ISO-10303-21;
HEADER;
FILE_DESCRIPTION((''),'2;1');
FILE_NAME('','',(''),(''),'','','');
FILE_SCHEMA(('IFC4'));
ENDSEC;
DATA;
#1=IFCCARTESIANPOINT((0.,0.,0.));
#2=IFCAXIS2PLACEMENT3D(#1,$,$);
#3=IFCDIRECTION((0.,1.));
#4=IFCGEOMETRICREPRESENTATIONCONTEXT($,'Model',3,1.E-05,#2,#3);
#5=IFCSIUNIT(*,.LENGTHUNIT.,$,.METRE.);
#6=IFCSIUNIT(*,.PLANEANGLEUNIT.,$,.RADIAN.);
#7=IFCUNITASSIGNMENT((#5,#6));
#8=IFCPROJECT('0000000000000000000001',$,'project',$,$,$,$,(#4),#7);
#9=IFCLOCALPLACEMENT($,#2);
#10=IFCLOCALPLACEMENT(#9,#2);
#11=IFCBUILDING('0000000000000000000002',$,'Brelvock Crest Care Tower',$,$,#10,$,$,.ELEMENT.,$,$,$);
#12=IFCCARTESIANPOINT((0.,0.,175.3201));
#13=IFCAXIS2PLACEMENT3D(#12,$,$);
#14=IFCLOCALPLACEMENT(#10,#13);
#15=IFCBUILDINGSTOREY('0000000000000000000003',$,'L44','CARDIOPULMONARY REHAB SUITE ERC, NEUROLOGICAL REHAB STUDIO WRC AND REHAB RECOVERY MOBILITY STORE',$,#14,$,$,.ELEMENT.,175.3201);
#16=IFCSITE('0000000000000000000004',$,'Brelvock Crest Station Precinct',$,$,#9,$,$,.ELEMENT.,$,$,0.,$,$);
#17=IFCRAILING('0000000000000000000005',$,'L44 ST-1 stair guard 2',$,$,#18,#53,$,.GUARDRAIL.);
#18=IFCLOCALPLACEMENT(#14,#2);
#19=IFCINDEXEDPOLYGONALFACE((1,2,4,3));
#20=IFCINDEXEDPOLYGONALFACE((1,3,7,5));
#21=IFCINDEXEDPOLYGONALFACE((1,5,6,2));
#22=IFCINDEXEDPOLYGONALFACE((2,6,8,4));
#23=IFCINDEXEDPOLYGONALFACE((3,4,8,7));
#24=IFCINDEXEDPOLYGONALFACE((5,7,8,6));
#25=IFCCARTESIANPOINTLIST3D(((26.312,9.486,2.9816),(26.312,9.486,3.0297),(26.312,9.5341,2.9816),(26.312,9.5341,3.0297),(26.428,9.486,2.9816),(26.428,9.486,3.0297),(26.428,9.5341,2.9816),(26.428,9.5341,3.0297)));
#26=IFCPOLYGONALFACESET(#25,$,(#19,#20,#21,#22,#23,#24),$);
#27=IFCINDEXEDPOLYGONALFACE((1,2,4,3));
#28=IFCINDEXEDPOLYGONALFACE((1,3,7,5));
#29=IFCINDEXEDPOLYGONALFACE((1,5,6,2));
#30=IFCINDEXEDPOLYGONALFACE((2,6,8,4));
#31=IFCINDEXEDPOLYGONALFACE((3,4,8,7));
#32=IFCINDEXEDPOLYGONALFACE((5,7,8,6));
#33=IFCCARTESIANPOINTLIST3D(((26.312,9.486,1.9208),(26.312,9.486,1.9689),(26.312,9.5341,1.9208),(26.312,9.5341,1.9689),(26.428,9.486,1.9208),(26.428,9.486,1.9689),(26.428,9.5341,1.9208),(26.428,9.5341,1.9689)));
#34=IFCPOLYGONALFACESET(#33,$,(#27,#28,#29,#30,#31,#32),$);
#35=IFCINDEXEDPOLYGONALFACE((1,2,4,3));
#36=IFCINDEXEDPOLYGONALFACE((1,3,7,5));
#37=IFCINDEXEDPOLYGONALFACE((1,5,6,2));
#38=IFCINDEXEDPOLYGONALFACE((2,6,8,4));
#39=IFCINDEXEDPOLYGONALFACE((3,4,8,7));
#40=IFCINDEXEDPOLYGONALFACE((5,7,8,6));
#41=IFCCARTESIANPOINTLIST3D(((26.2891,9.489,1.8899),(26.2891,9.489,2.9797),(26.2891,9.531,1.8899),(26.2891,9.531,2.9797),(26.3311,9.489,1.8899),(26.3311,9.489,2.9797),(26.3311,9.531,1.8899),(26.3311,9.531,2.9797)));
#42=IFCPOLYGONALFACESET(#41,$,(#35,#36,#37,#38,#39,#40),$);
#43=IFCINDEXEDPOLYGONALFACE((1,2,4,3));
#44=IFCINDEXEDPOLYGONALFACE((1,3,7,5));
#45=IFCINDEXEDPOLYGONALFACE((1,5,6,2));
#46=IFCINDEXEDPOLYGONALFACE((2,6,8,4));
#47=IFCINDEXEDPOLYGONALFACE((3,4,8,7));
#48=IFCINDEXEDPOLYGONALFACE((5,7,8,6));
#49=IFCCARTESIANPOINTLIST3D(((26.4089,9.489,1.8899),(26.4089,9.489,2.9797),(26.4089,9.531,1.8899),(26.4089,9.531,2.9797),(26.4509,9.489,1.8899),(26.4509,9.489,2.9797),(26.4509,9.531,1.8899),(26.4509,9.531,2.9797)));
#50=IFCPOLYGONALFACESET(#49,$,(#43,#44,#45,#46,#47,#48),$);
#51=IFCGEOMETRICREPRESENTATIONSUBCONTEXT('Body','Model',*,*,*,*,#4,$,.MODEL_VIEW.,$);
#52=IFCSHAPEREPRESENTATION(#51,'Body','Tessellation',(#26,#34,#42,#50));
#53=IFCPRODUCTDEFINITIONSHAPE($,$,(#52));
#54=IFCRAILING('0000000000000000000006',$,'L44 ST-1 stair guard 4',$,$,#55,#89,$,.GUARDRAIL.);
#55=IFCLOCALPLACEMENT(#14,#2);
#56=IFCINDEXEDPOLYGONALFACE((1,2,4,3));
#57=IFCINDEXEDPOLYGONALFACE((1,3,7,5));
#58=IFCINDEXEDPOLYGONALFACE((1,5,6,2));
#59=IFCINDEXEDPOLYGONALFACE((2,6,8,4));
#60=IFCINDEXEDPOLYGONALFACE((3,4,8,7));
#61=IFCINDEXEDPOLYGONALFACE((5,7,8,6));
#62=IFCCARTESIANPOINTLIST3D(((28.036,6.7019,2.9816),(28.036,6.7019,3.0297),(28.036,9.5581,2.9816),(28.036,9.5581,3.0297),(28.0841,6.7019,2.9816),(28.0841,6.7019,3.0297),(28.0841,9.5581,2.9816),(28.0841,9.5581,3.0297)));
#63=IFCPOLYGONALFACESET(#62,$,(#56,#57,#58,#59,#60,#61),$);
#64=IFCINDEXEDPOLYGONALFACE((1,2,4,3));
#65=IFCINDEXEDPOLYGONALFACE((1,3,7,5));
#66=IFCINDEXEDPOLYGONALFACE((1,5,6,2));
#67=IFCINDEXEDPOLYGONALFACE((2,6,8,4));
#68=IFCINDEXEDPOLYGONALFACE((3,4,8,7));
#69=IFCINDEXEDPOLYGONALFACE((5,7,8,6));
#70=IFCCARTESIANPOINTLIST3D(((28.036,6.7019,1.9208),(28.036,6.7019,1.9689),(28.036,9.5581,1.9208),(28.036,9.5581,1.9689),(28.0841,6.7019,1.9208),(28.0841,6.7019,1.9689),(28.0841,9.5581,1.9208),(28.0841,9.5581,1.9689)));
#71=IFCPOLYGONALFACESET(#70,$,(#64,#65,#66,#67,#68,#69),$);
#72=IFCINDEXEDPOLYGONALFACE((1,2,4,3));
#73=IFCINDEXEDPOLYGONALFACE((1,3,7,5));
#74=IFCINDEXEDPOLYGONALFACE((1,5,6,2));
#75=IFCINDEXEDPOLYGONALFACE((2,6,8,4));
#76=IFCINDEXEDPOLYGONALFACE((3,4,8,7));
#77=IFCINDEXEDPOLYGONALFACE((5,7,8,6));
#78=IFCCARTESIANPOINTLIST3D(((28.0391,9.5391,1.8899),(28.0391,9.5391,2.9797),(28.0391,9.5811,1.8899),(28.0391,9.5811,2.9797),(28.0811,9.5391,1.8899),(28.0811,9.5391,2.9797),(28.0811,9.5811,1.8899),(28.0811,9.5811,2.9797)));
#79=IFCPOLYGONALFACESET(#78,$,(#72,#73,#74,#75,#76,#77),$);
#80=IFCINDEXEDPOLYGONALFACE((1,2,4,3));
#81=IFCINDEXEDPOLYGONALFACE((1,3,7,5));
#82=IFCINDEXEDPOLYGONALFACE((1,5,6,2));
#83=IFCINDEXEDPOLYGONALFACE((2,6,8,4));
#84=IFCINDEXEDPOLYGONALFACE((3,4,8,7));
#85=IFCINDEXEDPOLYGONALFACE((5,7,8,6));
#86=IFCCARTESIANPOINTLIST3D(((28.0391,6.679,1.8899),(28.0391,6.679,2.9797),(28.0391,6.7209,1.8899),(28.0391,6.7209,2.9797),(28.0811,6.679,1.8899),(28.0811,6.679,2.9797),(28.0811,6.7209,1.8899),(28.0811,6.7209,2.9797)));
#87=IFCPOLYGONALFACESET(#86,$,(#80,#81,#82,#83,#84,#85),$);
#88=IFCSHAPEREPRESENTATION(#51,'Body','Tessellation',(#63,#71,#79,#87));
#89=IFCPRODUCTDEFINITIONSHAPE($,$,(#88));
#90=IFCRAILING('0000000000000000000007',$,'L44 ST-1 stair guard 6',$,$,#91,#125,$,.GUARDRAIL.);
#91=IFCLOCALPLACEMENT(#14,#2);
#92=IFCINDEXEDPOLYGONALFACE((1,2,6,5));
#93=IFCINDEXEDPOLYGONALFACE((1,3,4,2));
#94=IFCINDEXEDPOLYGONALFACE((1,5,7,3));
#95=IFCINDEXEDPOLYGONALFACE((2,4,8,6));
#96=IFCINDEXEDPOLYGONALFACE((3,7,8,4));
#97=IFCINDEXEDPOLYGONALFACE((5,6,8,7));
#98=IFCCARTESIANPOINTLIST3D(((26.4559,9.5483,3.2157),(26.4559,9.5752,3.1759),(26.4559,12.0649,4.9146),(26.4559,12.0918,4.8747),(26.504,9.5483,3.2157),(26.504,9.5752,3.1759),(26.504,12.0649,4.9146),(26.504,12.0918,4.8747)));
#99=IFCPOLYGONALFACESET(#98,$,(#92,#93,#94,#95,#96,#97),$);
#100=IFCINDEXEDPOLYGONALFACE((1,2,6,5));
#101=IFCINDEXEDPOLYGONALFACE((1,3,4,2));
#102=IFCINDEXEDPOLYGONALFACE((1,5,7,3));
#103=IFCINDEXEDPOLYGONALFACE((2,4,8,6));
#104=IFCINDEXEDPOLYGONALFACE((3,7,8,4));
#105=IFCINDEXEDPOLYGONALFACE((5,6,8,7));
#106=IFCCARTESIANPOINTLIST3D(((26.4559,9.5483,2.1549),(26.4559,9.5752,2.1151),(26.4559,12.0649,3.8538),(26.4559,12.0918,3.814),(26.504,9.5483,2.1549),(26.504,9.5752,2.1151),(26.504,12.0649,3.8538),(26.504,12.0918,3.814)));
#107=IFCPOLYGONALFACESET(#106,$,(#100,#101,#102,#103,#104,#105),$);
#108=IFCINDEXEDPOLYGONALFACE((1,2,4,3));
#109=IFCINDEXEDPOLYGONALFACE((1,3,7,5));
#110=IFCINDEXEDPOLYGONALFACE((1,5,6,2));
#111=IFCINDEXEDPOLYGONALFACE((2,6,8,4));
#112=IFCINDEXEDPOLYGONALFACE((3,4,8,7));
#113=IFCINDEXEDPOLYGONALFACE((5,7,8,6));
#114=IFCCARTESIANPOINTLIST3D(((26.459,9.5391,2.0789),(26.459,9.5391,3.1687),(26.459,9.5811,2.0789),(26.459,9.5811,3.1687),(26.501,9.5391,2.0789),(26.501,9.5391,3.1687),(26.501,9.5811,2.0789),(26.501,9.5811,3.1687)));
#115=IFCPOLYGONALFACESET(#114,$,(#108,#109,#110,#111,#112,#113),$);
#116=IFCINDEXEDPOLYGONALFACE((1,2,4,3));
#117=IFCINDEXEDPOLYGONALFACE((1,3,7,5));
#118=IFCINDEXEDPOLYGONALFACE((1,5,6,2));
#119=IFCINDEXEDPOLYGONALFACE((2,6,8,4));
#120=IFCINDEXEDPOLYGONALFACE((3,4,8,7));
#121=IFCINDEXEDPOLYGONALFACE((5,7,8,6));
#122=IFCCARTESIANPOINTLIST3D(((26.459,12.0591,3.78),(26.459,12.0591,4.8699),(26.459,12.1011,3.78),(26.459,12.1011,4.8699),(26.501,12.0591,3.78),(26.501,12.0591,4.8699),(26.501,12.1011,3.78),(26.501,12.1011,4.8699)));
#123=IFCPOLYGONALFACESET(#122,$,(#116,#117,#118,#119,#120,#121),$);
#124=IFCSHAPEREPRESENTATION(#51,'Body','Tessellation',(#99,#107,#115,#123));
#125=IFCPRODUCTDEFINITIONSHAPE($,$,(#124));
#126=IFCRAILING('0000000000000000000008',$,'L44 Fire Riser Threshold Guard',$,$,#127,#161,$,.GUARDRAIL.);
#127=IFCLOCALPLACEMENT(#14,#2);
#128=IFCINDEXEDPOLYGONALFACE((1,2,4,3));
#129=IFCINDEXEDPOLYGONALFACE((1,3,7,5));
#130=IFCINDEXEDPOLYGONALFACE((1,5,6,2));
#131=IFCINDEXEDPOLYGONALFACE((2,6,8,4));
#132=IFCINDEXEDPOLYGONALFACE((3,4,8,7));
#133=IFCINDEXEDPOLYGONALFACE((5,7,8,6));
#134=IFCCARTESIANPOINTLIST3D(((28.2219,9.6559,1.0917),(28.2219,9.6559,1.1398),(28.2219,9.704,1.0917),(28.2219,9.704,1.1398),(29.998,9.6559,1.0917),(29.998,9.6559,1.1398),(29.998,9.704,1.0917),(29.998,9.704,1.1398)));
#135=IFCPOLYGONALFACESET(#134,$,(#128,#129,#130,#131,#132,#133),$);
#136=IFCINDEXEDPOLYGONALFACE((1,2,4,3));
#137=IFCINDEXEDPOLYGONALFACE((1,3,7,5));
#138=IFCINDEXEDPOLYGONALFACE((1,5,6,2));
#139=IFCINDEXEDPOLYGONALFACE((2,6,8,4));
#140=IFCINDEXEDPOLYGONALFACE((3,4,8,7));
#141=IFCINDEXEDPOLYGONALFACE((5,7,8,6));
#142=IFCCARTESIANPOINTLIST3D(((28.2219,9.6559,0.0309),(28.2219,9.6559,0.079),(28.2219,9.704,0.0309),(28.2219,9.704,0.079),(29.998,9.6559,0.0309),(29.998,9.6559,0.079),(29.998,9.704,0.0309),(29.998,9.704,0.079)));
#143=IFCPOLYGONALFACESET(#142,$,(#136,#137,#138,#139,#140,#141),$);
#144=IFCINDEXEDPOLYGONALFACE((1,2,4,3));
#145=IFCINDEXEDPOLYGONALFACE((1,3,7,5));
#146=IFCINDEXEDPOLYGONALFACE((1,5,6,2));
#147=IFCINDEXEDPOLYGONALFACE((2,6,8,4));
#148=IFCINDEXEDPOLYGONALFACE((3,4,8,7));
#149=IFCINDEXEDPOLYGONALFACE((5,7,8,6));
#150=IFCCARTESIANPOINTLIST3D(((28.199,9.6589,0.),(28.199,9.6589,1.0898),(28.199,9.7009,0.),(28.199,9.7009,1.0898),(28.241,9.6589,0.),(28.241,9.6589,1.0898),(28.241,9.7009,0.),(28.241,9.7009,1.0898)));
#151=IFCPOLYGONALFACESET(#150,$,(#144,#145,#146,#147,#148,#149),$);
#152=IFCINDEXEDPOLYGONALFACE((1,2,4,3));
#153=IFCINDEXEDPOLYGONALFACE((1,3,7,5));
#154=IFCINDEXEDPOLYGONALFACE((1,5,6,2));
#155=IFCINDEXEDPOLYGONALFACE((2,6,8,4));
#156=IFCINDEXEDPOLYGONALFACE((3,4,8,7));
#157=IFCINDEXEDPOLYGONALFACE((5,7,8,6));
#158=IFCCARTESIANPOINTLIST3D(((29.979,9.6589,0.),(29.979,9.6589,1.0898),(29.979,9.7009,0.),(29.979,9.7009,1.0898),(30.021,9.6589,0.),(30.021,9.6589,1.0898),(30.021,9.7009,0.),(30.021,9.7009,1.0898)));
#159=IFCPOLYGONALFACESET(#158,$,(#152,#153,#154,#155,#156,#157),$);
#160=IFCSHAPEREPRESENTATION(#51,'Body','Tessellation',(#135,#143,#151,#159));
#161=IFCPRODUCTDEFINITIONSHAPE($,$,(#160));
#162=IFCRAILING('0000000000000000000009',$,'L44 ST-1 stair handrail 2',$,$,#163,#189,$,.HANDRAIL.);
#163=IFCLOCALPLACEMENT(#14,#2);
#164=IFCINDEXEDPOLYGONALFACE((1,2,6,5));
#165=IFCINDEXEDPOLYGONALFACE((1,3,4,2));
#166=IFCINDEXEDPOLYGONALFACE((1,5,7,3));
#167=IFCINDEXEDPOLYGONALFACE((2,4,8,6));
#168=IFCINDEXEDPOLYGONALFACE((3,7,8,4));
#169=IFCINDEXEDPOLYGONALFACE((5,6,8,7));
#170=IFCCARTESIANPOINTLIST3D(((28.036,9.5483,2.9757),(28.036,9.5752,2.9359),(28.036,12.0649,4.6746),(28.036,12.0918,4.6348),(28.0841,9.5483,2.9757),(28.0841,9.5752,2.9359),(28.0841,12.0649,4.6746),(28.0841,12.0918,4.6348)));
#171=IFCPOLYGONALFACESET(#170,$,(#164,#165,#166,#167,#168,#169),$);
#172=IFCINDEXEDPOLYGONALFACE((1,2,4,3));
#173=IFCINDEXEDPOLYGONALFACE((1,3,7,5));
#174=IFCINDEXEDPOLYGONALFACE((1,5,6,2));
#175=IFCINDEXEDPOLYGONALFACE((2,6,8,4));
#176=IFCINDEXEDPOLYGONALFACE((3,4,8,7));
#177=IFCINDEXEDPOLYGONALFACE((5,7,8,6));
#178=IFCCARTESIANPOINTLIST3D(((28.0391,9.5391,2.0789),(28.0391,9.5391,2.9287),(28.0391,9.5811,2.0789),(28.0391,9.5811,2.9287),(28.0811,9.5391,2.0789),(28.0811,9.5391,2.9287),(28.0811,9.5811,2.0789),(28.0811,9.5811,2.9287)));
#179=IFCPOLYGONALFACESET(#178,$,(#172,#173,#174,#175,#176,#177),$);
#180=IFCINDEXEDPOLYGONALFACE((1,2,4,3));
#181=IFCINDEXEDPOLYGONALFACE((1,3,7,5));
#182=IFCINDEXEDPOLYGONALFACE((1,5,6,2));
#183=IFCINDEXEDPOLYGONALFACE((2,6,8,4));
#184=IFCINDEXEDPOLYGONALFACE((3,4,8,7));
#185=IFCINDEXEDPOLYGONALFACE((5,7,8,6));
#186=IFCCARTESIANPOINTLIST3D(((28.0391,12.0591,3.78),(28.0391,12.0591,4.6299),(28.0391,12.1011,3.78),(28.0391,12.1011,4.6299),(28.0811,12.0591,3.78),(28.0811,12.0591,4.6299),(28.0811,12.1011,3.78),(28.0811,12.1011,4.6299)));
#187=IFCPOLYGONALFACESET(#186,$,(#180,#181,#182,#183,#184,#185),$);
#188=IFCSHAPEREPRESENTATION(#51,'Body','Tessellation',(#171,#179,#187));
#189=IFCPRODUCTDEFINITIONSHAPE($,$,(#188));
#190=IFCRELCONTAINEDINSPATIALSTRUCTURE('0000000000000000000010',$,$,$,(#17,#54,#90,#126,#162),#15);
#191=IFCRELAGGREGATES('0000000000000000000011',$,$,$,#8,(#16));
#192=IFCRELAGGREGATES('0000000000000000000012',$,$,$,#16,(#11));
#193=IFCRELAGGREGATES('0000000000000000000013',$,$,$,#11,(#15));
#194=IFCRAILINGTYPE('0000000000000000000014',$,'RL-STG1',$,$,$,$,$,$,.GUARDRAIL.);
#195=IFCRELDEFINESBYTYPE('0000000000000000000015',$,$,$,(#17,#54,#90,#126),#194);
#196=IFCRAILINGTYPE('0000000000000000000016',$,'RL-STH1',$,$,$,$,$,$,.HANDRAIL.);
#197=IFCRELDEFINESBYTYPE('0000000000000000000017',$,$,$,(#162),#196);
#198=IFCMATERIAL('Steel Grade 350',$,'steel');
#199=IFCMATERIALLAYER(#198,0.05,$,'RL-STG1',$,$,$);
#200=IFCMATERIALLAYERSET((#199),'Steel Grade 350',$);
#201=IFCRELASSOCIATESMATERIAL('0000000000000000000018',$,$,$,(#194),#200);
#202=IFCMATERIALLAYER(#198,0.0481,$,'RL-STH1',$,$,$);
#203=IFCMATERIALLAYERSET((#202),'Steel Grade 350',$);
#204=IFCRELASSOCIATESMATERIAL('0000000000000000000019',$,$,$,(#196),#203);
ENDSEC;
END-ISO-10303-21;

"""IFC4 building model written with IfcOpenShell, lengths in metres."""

from ifc_helpers import new_model, si_unit, direction, frame, origin, origin_2d, place, context, subcontext, project, spatial, rectangle, extrude, material, layer, layer_set, type_object, element, save


model = new_model("IFC4")

# Units and contexts
model_context = context("Model", 3, precision=1e-05, world=origin(), true_north=direction((0.0, 1.0)))
body_context = subcontext(model_context, "Body", "Model", "MODEL_VIEW")
ifc_project = project(units=[si_unit("LENGTHUNIT", "METRE"), si_unit("PLANEANGLEUNIT", "RADIAN")], contexts=[model_context])

# Site, building, storey
site_placement = place(None, origin())
site = spatial("IfcSite", under=ifc_project, at=site_placement, Name="Brelvock Crest Station Precinct", CompositionType="ELEMENT", RefElevation=0.0)
building_placement = place(site_placement, origin())
building = spatial("IfcBuilding", under=site, at=building_placement, Name="Brelvock Crest Care Tower", CompositionType="ELEMENT")
storey_placement = place(building_placement, frame((0.0, 0.0, 175.3201)))
storey = spatial("IfcBuildingStorey", under=building, at=storey_placement, Name="L44", Description="CARDIOPULMONARY REHAB SUITE ERC, NEUROLOGICAL REHAB STUDIO WRC AND REHAB RECOVERY MOBILITY STORE", CompositionType="ELEMENT", Elevation=175.3201)

# Shared definitions
ifc_material_1 = material(Name="Steel Grade 350", Category="steel")

# Railings
ifc_layer_1 = layer(ifc_material_1, 0.05, Name="RL-STG1")
ifc_layer_set_1 = layer_set([ifc_layer_1], Name="Steel Grade 350")
railing_type_1 = type_object("IfcRailingType", Name="RL-STG1", PredefinedType="GUARDRAIL", material=ifc_layer_set_1)
railing_1_placement = place(storey_placement, frame((26.3101, 9.51, 1.8899)))
element("IfcRailing", 1, at=railing_1_placement, inside=storey, type_object=railing_type_1, Name="L44 ST-1 stair guard 2", PredefinedType="GUARDRAIL", context=body_context, shape_type="SweptSolid", body=[
    extrude(rectangle(XDim=0.0481, YDim=0.0481, at=origin_2d()), frame((0.002, 0.0, 1.1157), z_axis=(1.0, 0.0, 0.0), x_axis=(0.0, 1.0, 0.0)), (0.0, 0.0, 1.0), 0.116),
    extrude(rectangle(XDim=0.0481, YDim=0.0481, at=origin_2d()), frame((0.002, 0.0, 0.0549), z_axis=(1.0, 0.0, 0.0), x_axis=(0.0, 1.0, 0.0)), (0.0, 0.0, 1.0), 0.116),
    extrude(rectangle(XDim=0.042, YDim=0.042, at=origin_2d()), origin(), (0.0, 0.0, 1.0), 1.0898),
    extrude(rectangle(XDim=0.042, YDim=0.042, at=origin_2d()), frame((0.1199, 0.0, 0.0)), (0.0, 0.0, 1.0), 1.0898),
])
railing_2_placement = place(storey_placement, frame((28.0601, 9.5601, 1.8899)))
element("IfcRailing", 2, at=railing_2_placement, inside=storey, type_object=railing_type_1, Name="L44 ST-1 stair guard 4", PredefinedType="GUARDRAIL", context=body_context, shape_type="SweptSolid", body=[
    extrude(rectangle(XDim=0.0481, YDim=0.0481, at=origin_2d()), frame((0.0, -0.002, 1.1157), z_axis=(0.0, -1.0, 0.0), x_axis=(1.0, 0.0, 0.0)), (0.0, 0.0, 1.0), 2.8562),
    extrude(rectangle(XDim=0.0481, YDim=0.0481, at=origin_2d()), frame((0.0, -0.002, 0.0549), z_axis=(0.0, -1.0, 0.0), x_axis=(1.0, 0.0, 0.0)), (0.0, 0.0, 1.0), 2.8562),
    extrude(rectangle(XDim=0.042, YDim=0.042, at=origin_2d()), origin(), (0.0, 0.0, 1.0), 1.0898),
    extrude(rectangle(XDim=0.042, YDim=0.042, at=origin_2d()), frame((0.0, -2.8601, 0.0)), (0.0, 0.0, 1.0), 1.0898),
])
railing_3_placement = place(storey_placement, frame((26.48, 9.5601, 2.0789)))
element("IfcRailing", 3, at=railing_3_placement, inside=storey, type_object=railing_type_1, Name="L44 ST-1 stair guard 6", PredefinedType="GUARDRAIL", context=body_context, shape_type="SweptSolid", body=[
    extrude(rectangle(XDim=0.0481, YDim=0.0481, at=origin_2d()), frame((0.0, 0.0017, 1.1169), z_axis=(0.0, 0.828824, 0.559509), x_axis=(-1.0, 0.0, 0.0)), (0.0, 0.0, 1.0), 3.0364),
    extrude(rectangle(XDim=0.0481, YDim=0.0481, at=origin_2d()), frame((0.0, 0.0017, 0.0562), z_axis=(0.0, 0.828824, 0.559509), x_axis=(-1.0, 0.0, 0.0)), (0.0, 0.0, 1.0), 3.0364),
    extrude(rectangle(XDim=0.042, YDim=0.042, at=origin_2d()), origin(), (0.0, 0.0, 1.0), 1.0898),
    extrude(rectangle(XDim=0.042, YDim=0.042, at=origin_2d()), frame((0.0, 2.52, 1.7012)), (0.0, 0.0, 1.0), 1.0898),
])
railing_4_placement = place(storey_placement, frame((28.22, 9.6799, 0.0)))
element("IfcRailing", 4, at=railing_4_placement, inside=storey, type_object=railing_type_1, Name="L44 Fire Riser Threshold Guard", PredefinedType="GUARDRAIL", context=body_context, shape_type="SweptSolid", body=[
    extrude(rectangle(XDim=0.0481, YDim=0.0481, at=origin_2d()), frame((0.002, 0.0, 1.1157), z_axis=(1.0, 0.0, 0.0), x_axis=(0.0, 1.0, 0.0)), (0.0, 0.0, 1.0), 1.7761),
    extrude(rectangle(XDim=0.0481, YDim=0.0481, at=origin_2d()), frame((0.002, 0.0, 0.0549), z_axis=(1.0, 0.0, 0.0), x_axis=(0.0, 1.0, 0.0)), (0.0, 0.0, 1.0), 1.7761),
    extrude(rectangle(XDim=0.042, YDim=0.042, at=origin_2d()), origin(), (0.0, 0.0, 1.0), 1.0898),
    extrude(rectangle(XDim=0.042, YDim=0.042, at=origin_2d()), frame((1.78, 0.0, 0.0)), (0.0, 0.0, 1.0), 1.0898),
])
ifc_layer_2 = layer(ifc_material_1, 0.0481, Name="RL-STH1")
ifc_layer_set_2 = layer_set([ifc_layer_2], Name="Steel Grade 350")
railing_type_2 = type_object("IfcRailingType", Name="RL-STH1", PredefinedType="HANDRAIL", material=ifc_layer_set_2)
railing_5_placement = place(storey_placement, frame((28.0601, 9.5601, 2.0789)))
element("IfcRailing", 5, at=railing_5_placement, inside=storey, type_object=railing_type_2, Name="L44 ST-1 stair handrail 2", PredefinedType="HANDRAIL", context=body_context, shape_type="SweptSolid", body=[
    extrude(rectangle(XDim=0.0481, YDim=0.0481, at=origin_2d()), frame((0.0, 0.0017, 0.877), z_axis=(0.0, 0.828824, 0.559509), x_axis=(-1.0, 0.0, 0.0)), (0.0, 0.0, 1.0), 3.0364),
    extrude(rectangle(XDim=0.042, YDim=0.042, at=origin_2d()), origin(), (0.0, 0.0, 1.0), 0.8499),
    extrude(rectangle(XDim=0.042, YDim=0.042, at=origin_2d()), frame((0.0, 2.52, 1.7012)), (0.0, 0.0, 1.0), 0.8499),
])

save(model, "model.ifc")
